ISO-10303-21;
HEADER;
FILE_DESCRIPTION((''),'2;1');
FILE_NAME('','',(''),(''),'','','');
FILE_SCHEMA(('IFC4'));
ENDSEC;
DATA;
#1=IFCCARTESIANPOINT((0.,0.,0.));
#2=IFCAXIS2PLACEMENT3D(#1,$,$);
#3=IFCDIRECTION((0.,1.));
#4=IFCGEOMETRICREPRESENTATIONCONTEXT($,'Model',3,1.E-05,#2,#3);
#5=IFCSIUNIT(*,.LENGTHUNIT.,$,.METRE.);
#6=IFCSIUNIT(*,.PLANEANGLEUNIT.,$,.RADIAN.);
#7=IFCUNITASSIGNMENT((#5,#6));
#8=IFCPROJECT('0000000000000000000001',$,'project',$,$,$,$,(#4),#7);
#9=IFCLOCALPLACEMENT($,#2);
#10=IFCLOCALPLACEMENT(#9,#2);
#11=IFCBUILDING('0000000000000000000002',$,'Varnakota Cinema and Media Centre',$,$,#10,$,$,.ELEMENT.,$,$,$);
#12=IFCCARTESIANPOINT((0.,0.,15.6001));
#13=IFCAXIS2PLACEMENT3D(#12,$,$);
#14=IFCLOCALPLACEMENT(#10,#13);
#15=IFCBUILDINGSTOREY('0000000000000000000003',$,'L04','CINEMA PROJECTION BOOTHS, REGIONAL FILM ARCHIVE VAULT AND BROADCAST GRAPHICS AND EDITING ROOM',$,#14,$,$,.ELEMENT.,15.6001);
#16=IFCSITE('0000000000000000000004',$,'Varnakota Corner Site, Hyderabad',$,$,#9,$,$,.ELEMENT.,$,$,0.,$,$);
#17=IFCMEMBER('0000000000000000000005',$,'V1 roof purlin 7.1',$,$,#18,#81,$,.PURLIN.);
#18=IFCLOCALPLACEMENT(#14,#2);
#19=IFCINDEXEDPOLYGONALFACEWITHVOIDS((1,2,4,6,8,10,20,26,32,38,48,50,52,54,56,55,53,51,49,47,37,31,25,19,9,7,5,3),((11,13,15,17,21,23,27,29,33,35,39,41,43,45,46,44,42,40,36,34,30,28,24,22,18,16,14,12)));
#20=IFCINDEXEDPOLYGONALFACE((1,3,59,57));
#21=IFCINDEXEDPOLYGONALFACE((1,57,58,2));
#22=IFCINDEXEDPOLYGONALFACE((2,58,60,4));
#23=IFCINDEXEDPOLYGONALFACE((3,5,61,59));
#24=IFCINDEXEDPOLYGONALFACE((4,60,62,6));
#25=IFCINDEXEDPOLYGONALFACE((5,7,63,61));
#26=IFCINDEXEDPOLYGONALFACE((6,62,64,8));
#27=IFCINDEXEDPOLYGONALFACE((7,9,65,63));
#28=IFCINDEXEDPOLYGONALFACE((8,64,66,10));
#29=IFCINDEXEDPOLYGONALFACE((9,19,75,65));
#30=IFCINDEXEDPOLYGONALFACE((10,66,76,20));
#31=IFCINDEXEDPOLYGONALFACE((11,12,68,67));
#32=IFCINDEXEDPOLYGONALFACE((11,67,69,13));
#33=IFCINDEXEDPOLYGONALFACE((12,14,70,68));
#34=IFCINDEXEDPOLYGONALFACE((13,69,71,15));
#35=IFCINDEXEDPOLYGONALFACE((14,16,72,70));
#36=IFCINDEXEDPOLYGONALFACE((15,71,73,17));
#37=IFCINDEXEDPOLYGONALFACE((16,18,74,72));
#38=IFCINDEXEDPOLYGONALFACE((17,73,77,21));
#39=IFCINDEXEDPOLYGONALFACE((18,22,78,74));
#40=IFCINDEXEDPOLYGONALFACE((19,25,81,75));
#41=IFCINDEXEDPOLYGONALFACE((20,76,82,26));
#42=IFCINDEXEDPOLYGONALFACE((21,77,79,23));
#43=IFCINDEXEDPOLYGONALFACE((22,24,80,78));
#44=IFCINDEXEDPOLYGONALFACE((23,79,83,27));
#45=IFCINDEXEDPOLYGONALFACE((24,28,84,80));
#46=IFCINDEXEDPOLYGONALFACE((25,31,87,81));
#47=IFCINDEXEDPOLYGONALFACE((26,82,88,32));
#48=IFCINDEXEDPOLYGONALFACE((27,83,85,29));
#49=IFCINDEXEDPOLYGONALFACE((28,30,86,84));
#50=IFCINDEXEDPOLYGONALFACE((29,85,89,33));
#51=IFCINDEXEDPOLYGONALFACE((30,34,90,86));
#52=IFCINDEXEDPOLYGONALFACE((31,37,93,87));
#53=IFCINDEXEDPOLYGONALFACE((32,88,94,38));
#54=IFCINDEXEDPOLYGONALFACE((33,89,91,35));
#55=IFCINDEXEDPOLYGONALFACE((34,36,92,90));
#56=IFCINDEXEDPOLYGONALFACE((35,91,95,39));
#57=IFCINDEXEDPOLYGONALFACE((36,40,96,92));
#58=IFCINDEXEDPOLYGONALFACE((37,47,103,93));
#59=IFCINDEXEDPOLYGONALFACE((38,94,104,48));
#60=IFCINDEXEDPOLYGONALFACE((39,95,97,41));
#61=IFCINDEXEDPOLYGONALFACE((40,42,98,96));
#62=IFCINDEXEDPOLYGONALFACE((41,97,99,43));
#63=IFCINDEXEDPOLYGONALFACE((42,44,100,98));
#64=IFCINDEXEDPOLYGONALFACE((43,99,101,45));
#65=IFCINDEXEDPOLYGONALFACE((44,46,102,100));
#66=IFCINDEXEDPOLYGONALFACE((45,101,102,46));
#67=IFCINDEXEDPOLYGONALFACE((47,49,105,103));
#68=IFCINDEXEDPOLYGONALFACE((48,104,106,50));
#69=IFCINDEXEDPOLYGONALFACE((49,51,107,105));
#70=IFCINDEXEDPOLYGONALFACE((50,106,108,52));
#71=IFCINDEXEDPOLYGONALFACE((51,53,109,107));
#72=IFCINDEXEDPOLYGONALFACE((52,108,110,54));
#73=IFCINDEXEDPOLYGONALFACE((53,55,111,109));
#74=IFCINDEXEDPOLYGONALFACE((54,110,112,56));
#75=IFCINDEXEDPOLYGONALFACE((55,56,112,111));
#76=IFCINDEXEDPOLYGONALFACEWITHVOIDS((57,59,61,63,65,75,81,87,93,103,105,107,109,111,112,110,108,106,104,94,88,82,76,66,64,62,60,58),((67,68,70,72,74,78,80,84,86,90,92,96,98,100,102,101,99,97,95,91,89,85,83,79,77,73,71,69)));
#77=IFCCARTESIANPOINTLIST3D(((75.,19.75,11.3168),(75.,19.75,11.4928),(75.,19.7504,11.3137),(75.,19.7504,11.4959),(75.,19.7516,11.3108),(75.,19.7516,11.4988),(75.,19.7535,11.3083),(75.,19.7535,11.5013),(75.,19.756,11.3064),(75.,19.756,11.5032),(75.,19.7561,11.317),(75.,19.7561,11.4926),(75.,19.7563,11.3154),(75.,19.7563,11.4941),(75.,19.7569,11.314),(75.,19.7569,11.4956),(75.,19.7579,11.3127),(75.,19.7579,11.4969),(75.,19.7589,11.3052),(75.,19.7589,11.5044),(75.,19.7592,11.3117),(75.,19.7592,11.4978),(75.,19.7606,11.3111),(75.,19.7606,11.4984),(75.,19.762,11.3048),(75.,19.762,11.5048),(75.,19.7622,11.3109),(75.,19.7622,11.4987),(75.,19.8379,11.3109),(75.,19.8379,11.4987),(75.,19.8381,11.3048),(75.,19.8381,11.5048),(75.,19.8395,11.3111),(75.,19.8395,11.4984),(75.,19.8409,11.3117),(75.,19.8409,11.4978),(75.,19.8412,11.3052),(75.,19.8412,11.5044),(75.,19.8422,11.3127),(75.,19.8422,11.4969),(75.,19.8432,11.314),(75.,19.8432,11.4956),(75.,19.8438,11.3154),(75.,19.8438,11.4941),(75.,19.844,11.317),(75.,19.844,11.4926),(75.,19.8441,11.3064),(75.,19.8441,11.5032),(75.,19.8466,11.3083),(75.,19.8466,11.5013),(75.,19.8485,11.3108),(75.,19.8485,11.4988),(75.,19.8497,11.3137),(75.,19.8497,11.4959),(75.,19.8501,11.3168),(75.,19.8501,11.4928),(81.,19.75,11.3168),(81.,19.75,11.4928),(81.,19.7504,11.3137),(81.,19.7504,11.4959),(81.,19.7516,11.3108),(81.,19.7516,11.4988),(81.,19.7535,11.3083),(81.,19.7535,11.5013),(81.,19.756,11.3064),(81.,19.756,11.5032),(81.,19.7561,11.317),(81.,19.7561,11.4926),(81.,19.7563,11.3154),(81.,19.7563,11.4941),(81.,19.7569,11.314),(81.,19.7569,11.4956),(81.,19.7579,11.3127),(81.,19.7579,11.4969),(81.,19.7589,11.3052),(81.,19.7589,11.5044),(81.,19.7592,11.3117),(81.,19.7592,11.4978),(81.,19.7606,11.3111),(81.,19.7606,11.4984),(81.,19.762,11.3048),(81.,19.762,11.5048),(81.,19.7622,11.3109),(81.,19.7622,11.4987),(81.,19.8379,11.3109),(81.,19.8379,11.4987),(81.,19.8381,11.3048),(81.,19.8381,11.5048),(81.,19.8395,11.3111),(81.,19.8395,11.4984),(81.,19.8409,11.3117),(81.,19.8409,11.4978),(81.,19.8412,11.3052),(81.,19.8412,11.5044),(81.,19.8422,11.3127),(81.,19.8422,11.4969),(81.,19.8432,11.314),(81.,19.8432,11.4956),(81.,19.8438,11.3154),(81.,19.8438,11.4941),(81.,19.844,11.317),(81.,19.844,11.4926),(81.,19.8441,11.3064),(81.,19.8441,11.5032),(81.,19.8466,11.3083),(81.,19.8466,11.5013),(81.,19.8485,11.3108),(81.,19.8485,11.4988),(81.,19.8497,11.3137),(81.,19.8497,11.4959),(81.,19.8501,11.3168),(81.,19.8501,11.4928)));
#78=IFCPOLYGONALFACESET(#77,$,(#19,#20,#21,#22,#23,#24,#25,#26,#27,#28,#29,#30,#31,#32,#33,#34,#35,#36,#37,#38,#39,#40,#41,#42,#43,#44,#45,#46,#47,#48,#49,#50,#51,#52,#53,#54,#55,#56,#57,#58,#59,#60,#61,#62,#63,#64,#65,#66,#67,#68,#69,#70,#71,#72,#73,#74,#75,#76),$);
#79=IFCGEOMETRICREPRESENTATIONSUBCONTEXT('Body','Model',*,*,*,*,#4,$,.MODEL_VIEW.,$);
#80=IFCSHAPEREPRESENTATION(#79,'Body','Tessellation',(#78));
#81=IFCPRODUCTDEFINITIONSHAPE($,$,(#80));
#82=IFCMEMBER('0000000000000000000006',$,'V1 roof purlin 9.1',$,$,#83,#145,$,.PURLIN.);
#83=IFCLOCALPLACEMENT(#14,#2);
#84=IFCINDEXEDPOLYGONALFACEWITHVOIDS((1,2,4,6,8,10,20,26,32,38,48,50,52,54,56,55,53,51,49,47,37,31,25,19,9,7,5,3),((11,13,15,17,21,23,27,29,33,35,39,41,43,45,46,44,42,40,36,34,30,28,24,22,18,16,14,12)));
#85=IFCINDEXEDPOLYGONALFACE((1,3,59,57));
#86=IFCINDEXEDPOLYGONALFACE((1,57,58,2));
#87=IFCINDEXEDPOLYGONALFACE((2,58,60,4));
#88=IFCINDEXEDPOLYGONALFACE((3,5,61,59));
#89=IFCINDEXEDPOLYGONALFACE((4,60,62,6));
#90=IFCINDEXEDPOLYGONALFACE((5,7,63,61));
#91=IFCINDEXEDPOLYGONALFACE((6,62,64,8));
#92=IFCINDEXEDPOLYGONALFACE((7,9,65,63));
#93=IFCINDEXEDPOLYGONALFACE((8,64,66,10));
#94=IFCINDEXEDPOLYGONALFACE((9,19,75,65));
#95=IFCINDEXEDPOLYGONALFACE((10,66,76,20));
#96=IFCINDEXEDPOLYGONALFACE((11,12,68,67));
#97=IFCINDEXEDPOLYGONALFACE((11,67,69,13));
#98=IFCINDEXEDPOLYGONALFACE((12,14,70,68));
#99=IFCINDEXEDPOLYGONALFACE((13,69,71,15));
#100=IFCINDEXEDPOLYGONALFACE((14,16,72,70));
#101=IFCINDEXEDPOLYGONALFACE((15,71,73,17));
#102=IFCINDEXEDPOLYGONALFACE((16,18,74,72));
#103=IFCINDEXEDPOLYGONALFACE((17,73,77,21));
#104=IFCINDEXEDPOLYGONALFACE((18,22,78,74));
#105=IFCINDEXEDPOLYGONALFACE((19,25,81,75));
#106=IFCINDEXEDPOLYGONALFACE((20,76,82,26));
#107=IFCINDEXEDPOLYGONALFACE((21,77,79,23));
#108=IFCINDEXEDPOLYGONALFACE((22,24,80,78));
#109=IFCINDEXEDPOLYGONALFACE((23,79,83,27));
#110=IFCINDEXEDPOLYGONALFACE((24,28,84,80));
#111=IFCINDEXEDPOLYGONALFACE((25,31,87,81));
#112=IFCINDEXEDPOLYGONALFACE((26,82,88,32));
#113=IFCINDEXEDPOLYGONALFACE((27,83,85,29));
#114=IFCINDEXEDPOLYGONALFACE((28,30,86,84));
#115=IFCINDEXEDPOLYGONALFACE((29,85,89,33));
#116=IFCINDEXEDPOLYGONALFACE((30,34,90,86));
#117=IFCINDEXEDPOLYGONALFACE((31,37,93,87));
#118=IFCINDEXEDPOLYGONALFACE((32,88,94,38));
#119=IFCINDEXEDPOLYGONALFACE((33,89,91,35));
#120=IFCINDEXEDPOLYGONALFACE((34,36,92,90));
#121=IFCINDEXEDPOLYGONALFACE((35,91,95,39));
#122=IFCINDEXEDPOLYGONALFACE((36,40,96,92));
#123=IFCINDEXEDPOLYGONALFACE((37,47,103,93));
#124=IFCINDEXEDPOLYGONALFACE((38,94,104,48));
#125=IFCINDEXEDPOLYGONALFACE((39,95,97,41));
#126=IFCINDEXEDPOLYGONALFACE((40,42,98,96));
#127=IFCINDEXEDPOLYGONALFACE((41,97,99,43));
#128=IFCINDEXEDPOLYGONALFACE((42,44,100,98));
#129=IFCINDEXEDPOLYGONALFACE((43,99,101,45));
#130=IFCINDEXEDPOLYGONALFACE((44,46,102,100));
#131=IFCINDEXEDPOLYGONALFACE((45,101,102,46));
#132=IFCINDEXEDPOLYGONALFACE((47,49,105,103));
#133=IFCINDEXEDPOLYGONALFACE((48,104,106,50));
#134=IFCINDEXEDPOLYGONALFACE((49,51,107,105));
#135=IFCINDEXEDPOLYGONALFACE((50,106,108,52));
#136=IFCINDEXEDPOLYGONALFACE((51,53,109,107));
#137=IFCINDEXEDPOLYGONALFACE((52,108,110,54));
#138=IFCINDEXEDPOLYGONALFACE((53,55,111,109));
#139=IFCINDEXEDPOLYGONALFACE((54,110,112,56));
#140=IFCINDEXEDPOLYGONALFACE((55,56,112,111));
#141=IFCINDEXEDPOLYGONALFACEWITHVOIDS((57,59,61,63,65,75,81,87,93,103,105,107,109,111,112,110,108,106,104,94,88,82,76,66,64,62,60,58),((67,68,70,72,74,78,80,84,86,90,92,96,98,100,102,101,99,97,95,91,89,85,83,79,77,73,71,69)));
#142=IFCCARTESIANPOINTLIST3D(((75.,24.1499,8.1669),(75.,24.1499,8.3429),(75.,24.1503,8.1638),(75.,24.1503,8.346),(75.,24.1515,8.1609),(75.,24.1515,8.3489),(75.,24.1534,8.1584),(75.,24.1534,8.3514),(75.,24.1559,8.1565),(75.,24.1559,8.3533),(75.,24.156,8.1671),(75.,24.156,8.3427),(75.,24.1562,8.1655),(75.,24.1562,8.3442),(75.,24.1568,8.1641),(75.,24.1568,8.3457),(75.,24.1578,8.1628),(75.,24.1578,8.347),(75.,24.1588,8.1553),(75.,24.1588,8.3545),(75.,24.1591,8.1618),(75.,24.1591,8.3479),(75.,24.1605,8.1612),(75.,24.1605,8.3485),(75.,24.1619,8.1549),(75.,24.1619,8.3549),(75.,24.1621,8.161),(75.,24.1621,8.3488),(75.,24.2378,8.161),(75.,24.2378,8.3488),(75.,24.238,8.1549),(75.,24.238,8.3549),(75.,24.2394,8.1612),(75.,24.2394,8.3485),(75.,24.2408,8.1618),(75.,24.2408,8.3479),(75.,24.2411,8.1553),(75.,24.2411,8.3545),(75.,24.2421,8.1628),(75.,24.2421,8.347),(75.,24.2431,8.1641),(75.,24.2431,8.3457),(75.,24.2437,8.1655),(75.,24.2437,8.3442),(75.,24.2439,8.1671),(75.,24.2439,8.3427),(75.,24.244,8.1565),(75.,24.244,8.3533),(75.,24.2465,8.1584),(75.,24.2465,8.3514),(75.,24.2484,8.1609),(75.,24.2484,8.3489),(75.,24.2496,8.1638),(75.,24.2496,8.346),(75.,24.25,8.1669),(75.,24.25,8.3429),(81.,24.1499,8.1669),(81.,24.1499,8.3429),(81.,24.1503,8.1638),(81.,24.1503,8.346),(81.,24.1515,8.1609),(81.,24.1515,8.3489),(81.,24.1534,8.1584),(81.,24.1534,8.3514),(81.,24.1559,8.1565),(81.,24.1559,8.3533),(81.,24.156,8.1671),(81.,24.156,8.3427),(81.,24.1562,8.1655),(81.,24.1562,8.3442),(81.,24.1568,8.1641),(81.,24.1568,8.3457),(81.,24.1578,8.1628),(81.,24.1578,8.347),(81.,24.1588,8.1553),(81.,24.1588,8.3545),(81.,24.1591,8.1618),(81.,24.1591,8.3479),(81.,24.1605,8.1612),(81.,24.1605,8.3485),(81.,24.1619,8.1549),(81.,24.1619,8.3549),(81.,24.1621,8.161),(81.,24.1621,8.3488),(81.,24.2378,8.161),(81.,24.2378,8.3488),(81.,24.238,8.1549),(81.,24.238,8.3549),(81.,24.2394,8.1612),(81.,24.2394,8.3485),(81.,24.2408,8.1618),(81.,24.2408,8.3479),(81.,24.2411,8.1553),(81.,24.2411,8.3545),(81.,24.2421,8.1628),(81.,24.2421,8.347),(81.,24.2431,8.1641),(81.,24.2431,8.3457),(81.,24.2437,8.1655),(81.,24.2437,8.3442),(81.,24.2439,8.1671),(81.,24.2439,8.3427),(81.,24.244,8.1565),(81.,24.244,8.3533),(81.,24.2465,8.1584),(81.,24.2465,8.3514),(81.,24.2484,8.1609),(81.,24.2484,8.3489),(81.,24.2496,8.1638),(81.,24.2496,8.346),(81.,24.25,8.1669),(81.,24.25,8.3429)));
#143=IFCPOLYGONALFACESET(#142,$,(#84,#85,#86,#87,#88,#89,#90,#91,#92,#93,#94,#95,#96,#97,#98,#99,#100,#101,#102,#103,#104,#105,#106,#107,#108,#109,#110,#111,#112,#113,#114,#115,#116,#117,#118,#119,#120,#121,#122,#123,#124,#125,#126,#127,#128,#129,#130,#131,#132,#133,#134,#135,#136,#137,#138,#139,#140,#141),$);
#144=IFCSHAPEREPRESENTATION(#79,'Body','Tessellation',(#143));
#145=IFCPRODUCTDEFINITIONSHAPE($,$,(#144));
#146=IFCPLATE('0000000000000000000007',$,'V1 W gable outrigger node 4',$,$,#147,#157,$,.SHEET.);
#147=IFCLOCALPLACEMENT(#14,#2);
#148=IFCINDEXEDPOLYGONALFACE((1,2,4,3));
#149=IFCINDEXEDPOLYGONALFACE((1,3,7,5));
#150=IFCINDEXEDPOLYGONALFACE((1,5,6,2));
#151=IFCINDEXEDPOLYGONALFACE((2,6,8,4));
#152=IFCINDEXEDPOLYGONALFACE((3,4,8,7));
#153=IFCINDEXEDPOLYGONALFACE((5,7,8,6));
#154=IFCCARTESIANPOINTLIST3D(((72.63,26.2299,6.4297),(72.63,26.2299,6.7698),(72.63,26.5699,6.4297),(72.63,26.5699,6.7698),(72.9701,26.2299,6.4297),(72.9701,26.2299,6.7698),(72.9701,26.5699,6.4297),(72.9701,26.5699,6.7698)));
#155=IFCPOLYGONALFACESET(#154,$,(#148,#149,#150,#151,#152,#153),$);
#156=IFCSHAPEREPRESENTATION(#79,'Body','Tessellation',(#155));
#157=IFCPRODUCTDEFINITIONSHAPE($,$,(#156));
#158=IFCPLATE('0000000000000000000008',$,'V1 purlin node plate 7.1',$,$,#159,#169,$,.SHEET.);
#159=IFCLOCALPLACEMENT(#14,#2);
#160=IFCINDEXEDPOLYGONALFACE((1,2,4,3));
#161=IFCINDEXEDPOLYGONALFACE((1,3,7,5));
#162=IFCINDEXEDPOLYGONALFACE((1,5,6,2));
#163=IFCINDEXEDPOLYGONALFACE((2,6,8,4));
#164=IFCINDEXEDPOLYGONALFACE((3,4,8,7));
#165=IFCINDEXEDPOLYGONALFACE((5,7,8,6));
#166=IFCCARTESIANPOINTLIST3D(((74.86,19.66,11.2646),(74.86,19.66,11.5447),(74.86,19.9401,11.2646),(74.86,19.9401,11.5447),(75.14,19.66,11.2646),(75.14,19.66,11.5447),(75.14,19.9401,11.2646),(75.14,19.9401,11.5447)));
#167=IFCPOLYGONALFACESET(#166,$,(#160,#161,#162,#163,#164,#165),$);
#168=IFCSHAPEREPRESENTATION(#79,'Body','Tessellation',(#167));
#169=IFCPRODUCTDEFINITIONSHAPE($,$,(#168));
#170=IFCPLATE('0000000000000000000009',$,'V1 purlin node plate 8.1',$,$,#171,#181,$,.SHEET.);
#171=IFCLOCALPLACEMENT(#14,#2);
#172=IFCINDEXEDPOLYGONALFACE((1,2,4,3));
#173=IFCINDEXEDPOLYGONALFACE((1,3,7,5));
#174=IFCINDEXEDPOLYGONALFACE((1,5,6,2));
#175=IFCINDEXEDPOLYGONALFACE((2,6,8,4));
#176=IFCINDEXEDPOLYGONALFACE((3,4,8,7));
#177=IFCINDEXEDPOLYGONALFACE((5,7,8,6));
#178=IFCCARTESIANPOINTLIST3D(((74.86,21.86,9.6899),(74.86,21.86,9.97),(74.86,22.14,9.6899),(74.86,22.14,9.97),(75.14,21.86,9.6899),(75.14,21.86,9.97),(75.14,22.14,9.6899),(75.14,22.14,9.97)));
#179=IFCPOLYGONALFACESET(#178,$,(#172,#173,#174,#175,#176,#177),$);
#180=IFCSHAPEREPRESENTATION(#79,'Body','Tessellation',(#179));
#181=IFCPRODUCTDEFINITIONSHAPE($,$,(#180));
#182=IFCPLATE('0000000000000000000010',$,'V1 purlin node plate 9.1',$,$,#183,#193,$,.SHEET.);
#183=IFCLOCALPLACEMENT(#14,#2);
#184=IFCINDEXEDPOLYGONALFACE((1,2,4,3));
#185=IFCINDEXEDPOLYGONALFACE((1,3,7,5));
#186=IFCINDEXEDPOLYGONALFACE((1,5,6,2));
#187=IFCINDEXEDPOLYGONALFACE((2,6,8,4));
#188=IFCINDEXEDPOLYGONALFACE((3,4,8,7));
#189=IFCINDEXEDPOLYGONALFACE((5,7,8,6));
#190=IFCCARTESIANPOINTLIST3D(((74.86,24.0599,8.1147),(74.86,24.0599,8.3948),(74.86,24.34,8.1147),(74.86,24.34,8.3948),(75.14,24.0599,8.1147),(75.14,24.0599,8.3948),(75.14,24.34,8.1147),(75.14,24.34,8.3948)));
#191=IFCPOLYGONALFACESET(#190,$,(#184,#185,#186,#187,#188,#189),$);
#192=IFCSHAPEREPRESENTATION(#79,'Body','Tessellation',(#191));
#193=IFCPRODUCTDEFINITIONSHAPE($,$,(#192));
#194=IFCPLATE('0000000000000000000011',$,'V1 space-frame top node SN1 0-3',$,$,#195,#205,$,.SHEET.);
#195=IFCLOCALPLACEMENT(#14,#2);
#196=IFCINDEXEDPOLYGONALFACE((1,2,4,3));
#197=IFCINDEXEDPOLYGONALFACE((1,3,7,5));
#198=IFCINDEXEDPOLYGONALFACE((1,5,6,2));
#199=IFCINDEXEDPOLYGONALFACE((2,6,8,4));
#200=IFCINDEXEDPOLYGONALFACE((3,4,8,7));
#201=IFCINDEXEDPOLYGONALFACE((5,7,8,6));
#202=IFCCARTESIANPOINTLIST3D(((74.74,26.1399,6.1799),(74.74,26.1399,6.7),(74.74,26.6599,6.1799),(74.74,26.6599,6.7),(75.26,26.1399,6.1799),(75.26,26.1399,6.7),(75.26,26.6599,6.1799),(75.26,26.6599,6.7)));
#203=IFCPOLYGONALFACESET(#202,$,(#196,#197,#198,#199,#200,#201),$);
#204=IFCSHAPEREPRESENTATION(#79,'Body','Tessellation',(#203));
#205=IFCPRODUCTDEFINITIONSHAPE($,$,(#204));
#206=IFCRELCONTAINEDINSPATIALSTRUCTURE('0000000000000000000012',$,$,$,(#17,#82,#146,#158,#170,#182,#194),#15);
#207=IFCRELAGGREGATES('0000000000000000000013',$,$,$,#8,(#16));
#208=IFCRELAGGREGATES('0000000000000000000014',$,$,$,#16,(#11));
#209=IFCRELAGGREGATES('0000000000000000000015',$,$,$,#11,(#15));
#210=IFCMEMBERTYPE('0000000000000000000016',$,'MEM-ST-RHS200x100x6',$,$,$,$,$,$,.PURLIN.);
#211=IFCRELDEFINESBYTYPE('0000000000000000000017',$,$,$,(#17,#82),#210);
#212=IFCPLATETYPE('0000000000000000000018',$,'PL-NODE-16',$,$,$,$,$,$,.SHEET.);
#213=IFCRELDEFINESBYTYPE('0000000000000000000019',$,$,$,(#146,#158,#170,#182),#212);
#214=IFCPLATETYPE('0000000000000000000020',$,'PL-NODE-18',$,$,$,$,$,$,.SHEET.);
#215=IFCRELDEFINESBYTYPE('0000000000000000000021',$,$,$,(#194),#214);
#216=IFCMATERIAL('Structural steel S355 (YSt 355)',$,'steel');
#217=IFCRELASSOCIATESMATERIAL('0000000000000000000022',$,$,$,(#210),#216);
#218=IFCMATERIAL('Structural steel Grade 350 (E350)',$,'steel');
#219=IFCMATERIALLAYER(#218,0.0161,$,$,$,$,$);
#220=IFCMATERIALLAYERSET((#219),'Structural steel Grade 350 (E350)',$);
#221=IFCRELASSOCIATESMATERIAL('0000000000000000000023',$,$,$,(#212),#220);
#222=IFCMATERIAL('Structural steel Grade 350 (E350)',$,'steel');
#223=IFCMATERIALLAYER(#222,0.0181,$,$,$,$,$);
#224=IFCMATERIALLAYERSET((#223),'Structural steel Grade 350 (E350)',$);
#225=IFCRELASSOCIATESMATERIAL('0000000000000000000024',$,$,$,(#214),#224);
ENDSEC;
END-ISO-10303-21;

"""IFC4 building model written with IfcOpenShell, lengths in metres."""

from ifc_helpers import new_model, si_unit, direction, frame, origin, origin_2d, place, context, subcontext, project, spatial, rectangle, hollow_rectangle, extrude, material, layer, layer_set, material_profile, profile_set, type_object, element, save


model = new_model("IFC4")

# Units and contexts
model_context = context("Model", 3, precision=1e-05, world=origin(), true_north=direction((0.0, 1.0)))
body_context = subcontext(model_context, "Body", "Model", "MODEL_VIEW")
ifc_project = project(units=[si_unit("LENGTHUNIT", "METRE"), si_unit("PLANEANGLEUNIT", "RADIAN")], contexts=[model_context])

# Site, building, storey
site_placement = place(None, origin())
site = spatial("IfcSite", under=ifc_project, at=site_placement, Name="Varnakota Corner Site, Hyderabad", CompositionType="ELEMENT", RefElevation=0.0)
building_placement = place(site_placement, origin())
building = spatial("IfcBuilding", under=site, at=building_placement, Name="Varnakota Cinema and Media Centre", CompositionType="ELEMENT")
storey_placement = place(building_placement, frame((0.0, 0.0, 15.6001)))
storey = spatial("IfcBuildingStorey", under=building, at=storey_placement, Name="L04", Description="CINEMA PROJECTION BOOTHS, REGIONAL FILM ARCHIVE VAULT AND BROADCAST GRAPHICS AND EDITING ROOM", CompositionType="ELEMENT", Elevation=15.6001)

# Members
ifc_material_1 = material(Name="Structural steel S355 (YSt 355)", Category="steel")
ifc_material_profile_1 = material_profile(ifc_material_1, hollow_rectangle(XDim=0.1001, YDim=0.2, WallThickness=0.0061, InnerFilletRadius=0.0061, OuterFilletRadius=0.012, at=origin_2d()), Name="RHS 200x100x6")
ifc_profile_set_1 = profile_set([ifc_material_profile_1], Name="Structural steel S355 (YSt 355)")
member_type_1 = type_object("IfcMemberType", Name="MEM-ST-RHS200x100x6", PredefinedType="PURLIN", material=ifc_profile_set_1)
for number, where, z_axis, x_axis, name in (
    (1, (75.0, 19.8, 11.4048), (1.0, 0.0, 0.0), (0.0, 1.0, 0.0), "V1 roof purlin 7.1"),
    (2, (75.0, 24.2, 8.2549), (1.0, 0.0, 0.0), (0.0, 1.0, 0.0), "V1 roof purlin 9.1"),
):
    element("IfcMember", number, at=place(storey_placement, frame(where, z_axis=z_axis, x_axis=x_axis)), inside=storey, type_object=member_type_1, Name=name, PredefinedType="PURLIN", context=body_context, shape_type="SweptSolid", body=[
        extrude(hollow_rectangle(XDim=0.1001, YDim=0.2, WallThickness=0.0061, InnerFilletRadius=0.0061, OuterFilletRadius=0.012, at=origin_2d()), origin(), (0.0, 0.0, 1.0), 6.0),
    ])

# Plates
ifc_material_2 = material(Name="Structural steel Grade 350 (E350)", Category="steel")
ifc_layer_1 = layer(ifc_material_2, 0.0161)
ifc_layer_set_1 = layer_set([ifc_layer_1], Name="Structural steel Grade 350 (E350)")
plate_type_1 = type_object("IfcPlateType", Name="PL-NODE-16", PredefinedType="SHEET", material=ifc_layer_set_1)
plate_1_placement = place(storey_placement, frame((72.8, 26.3999, 6.4297), z_axis=(0.0, 0.0, 1.0), x_axis=(1.0, 0.0, 0.0)))
element("IfcPlate", 3, at=plate_1_placement, inside=storey, type_object=plate_type_1, Name="V1 W gable outrigger node 4", PredefinedType="SHEET", context=body_context, shape_type="SweptSolid", body=[
    extrude(rectangle(XDim=0.3401, YDim=0.3401, at=origin_2d()), origin(), (0.0, 0.0, 1.0), 0.3401),
])
for number, where, z_axis, x_axis, name in (
    (4, (75.0, 19.8, 11.2646), (0.0, 0.0, 1.0), (1.0, 0.0, 0.0), "V1 purlin node plate 7.1"),
    (5, (75.0, 22.0, 9.6899), (0.0, 0.0, 1.0), (1.0, 0.0, 0.0), "V1 purlin node plate 8.1"),
    (6, (75.0, 24.2, 8.1147), (0.0, 0.0, 1.0), (1.0, 0.0, 0.0), "V1 purlin node plate 9.1"),
):
    element("IfcPlate", number, at=place(storey_placement, frame(where, z_axis=z_axis, x_axis=x_axis)), inside=storey, type_object=plate_type_1, Name=name, PredefinedType="SHEET", context=body_context, shape_type="SweptSolid", body=[
        extrude(rectangle(XDim=0.28, YDim=0.28, at=origin_2d()), origin(), (0.0, 0.0, 1.0), 0.28),
    ])
ifc_material_3 = material(Name="Structural steel Grade 350 (E350)", Category="steel")
ifc_layer_2 = layer(ifc_material_3, 0.0181)
ifc_layer_set_2 = layer_set([ifc_layer_2], Name="Structural steel Grade 350 (E350)")
plate_type_2 = type_object("IfcPlateType", Name="PL-NODE-18", PredefinedType="SHEET", material=ifc_layer_set_2)
plate_2_placement = place(storey_placement, frame((75.0, 26.3999, 6.1799), z_axis=(0.0, 0.0, 1.0), x_axis=(1.0, 0.0, 0.0)))
element("IfcPlate", 7, at=plate_2_placement, inside=storey, type_object=plate_type_2, Name="V1 space-frame top node SN1 0-3", PredefinedType="SHEET", context=body_context, shape_type="SweptSolid", body=[
    extrude(rectangle(XDim=0.52, YDim=0.52, at=origin_2d()), origin(), (0.0, 0.0, 1.0), 0.52),
])

save(model, "model.ifc")
